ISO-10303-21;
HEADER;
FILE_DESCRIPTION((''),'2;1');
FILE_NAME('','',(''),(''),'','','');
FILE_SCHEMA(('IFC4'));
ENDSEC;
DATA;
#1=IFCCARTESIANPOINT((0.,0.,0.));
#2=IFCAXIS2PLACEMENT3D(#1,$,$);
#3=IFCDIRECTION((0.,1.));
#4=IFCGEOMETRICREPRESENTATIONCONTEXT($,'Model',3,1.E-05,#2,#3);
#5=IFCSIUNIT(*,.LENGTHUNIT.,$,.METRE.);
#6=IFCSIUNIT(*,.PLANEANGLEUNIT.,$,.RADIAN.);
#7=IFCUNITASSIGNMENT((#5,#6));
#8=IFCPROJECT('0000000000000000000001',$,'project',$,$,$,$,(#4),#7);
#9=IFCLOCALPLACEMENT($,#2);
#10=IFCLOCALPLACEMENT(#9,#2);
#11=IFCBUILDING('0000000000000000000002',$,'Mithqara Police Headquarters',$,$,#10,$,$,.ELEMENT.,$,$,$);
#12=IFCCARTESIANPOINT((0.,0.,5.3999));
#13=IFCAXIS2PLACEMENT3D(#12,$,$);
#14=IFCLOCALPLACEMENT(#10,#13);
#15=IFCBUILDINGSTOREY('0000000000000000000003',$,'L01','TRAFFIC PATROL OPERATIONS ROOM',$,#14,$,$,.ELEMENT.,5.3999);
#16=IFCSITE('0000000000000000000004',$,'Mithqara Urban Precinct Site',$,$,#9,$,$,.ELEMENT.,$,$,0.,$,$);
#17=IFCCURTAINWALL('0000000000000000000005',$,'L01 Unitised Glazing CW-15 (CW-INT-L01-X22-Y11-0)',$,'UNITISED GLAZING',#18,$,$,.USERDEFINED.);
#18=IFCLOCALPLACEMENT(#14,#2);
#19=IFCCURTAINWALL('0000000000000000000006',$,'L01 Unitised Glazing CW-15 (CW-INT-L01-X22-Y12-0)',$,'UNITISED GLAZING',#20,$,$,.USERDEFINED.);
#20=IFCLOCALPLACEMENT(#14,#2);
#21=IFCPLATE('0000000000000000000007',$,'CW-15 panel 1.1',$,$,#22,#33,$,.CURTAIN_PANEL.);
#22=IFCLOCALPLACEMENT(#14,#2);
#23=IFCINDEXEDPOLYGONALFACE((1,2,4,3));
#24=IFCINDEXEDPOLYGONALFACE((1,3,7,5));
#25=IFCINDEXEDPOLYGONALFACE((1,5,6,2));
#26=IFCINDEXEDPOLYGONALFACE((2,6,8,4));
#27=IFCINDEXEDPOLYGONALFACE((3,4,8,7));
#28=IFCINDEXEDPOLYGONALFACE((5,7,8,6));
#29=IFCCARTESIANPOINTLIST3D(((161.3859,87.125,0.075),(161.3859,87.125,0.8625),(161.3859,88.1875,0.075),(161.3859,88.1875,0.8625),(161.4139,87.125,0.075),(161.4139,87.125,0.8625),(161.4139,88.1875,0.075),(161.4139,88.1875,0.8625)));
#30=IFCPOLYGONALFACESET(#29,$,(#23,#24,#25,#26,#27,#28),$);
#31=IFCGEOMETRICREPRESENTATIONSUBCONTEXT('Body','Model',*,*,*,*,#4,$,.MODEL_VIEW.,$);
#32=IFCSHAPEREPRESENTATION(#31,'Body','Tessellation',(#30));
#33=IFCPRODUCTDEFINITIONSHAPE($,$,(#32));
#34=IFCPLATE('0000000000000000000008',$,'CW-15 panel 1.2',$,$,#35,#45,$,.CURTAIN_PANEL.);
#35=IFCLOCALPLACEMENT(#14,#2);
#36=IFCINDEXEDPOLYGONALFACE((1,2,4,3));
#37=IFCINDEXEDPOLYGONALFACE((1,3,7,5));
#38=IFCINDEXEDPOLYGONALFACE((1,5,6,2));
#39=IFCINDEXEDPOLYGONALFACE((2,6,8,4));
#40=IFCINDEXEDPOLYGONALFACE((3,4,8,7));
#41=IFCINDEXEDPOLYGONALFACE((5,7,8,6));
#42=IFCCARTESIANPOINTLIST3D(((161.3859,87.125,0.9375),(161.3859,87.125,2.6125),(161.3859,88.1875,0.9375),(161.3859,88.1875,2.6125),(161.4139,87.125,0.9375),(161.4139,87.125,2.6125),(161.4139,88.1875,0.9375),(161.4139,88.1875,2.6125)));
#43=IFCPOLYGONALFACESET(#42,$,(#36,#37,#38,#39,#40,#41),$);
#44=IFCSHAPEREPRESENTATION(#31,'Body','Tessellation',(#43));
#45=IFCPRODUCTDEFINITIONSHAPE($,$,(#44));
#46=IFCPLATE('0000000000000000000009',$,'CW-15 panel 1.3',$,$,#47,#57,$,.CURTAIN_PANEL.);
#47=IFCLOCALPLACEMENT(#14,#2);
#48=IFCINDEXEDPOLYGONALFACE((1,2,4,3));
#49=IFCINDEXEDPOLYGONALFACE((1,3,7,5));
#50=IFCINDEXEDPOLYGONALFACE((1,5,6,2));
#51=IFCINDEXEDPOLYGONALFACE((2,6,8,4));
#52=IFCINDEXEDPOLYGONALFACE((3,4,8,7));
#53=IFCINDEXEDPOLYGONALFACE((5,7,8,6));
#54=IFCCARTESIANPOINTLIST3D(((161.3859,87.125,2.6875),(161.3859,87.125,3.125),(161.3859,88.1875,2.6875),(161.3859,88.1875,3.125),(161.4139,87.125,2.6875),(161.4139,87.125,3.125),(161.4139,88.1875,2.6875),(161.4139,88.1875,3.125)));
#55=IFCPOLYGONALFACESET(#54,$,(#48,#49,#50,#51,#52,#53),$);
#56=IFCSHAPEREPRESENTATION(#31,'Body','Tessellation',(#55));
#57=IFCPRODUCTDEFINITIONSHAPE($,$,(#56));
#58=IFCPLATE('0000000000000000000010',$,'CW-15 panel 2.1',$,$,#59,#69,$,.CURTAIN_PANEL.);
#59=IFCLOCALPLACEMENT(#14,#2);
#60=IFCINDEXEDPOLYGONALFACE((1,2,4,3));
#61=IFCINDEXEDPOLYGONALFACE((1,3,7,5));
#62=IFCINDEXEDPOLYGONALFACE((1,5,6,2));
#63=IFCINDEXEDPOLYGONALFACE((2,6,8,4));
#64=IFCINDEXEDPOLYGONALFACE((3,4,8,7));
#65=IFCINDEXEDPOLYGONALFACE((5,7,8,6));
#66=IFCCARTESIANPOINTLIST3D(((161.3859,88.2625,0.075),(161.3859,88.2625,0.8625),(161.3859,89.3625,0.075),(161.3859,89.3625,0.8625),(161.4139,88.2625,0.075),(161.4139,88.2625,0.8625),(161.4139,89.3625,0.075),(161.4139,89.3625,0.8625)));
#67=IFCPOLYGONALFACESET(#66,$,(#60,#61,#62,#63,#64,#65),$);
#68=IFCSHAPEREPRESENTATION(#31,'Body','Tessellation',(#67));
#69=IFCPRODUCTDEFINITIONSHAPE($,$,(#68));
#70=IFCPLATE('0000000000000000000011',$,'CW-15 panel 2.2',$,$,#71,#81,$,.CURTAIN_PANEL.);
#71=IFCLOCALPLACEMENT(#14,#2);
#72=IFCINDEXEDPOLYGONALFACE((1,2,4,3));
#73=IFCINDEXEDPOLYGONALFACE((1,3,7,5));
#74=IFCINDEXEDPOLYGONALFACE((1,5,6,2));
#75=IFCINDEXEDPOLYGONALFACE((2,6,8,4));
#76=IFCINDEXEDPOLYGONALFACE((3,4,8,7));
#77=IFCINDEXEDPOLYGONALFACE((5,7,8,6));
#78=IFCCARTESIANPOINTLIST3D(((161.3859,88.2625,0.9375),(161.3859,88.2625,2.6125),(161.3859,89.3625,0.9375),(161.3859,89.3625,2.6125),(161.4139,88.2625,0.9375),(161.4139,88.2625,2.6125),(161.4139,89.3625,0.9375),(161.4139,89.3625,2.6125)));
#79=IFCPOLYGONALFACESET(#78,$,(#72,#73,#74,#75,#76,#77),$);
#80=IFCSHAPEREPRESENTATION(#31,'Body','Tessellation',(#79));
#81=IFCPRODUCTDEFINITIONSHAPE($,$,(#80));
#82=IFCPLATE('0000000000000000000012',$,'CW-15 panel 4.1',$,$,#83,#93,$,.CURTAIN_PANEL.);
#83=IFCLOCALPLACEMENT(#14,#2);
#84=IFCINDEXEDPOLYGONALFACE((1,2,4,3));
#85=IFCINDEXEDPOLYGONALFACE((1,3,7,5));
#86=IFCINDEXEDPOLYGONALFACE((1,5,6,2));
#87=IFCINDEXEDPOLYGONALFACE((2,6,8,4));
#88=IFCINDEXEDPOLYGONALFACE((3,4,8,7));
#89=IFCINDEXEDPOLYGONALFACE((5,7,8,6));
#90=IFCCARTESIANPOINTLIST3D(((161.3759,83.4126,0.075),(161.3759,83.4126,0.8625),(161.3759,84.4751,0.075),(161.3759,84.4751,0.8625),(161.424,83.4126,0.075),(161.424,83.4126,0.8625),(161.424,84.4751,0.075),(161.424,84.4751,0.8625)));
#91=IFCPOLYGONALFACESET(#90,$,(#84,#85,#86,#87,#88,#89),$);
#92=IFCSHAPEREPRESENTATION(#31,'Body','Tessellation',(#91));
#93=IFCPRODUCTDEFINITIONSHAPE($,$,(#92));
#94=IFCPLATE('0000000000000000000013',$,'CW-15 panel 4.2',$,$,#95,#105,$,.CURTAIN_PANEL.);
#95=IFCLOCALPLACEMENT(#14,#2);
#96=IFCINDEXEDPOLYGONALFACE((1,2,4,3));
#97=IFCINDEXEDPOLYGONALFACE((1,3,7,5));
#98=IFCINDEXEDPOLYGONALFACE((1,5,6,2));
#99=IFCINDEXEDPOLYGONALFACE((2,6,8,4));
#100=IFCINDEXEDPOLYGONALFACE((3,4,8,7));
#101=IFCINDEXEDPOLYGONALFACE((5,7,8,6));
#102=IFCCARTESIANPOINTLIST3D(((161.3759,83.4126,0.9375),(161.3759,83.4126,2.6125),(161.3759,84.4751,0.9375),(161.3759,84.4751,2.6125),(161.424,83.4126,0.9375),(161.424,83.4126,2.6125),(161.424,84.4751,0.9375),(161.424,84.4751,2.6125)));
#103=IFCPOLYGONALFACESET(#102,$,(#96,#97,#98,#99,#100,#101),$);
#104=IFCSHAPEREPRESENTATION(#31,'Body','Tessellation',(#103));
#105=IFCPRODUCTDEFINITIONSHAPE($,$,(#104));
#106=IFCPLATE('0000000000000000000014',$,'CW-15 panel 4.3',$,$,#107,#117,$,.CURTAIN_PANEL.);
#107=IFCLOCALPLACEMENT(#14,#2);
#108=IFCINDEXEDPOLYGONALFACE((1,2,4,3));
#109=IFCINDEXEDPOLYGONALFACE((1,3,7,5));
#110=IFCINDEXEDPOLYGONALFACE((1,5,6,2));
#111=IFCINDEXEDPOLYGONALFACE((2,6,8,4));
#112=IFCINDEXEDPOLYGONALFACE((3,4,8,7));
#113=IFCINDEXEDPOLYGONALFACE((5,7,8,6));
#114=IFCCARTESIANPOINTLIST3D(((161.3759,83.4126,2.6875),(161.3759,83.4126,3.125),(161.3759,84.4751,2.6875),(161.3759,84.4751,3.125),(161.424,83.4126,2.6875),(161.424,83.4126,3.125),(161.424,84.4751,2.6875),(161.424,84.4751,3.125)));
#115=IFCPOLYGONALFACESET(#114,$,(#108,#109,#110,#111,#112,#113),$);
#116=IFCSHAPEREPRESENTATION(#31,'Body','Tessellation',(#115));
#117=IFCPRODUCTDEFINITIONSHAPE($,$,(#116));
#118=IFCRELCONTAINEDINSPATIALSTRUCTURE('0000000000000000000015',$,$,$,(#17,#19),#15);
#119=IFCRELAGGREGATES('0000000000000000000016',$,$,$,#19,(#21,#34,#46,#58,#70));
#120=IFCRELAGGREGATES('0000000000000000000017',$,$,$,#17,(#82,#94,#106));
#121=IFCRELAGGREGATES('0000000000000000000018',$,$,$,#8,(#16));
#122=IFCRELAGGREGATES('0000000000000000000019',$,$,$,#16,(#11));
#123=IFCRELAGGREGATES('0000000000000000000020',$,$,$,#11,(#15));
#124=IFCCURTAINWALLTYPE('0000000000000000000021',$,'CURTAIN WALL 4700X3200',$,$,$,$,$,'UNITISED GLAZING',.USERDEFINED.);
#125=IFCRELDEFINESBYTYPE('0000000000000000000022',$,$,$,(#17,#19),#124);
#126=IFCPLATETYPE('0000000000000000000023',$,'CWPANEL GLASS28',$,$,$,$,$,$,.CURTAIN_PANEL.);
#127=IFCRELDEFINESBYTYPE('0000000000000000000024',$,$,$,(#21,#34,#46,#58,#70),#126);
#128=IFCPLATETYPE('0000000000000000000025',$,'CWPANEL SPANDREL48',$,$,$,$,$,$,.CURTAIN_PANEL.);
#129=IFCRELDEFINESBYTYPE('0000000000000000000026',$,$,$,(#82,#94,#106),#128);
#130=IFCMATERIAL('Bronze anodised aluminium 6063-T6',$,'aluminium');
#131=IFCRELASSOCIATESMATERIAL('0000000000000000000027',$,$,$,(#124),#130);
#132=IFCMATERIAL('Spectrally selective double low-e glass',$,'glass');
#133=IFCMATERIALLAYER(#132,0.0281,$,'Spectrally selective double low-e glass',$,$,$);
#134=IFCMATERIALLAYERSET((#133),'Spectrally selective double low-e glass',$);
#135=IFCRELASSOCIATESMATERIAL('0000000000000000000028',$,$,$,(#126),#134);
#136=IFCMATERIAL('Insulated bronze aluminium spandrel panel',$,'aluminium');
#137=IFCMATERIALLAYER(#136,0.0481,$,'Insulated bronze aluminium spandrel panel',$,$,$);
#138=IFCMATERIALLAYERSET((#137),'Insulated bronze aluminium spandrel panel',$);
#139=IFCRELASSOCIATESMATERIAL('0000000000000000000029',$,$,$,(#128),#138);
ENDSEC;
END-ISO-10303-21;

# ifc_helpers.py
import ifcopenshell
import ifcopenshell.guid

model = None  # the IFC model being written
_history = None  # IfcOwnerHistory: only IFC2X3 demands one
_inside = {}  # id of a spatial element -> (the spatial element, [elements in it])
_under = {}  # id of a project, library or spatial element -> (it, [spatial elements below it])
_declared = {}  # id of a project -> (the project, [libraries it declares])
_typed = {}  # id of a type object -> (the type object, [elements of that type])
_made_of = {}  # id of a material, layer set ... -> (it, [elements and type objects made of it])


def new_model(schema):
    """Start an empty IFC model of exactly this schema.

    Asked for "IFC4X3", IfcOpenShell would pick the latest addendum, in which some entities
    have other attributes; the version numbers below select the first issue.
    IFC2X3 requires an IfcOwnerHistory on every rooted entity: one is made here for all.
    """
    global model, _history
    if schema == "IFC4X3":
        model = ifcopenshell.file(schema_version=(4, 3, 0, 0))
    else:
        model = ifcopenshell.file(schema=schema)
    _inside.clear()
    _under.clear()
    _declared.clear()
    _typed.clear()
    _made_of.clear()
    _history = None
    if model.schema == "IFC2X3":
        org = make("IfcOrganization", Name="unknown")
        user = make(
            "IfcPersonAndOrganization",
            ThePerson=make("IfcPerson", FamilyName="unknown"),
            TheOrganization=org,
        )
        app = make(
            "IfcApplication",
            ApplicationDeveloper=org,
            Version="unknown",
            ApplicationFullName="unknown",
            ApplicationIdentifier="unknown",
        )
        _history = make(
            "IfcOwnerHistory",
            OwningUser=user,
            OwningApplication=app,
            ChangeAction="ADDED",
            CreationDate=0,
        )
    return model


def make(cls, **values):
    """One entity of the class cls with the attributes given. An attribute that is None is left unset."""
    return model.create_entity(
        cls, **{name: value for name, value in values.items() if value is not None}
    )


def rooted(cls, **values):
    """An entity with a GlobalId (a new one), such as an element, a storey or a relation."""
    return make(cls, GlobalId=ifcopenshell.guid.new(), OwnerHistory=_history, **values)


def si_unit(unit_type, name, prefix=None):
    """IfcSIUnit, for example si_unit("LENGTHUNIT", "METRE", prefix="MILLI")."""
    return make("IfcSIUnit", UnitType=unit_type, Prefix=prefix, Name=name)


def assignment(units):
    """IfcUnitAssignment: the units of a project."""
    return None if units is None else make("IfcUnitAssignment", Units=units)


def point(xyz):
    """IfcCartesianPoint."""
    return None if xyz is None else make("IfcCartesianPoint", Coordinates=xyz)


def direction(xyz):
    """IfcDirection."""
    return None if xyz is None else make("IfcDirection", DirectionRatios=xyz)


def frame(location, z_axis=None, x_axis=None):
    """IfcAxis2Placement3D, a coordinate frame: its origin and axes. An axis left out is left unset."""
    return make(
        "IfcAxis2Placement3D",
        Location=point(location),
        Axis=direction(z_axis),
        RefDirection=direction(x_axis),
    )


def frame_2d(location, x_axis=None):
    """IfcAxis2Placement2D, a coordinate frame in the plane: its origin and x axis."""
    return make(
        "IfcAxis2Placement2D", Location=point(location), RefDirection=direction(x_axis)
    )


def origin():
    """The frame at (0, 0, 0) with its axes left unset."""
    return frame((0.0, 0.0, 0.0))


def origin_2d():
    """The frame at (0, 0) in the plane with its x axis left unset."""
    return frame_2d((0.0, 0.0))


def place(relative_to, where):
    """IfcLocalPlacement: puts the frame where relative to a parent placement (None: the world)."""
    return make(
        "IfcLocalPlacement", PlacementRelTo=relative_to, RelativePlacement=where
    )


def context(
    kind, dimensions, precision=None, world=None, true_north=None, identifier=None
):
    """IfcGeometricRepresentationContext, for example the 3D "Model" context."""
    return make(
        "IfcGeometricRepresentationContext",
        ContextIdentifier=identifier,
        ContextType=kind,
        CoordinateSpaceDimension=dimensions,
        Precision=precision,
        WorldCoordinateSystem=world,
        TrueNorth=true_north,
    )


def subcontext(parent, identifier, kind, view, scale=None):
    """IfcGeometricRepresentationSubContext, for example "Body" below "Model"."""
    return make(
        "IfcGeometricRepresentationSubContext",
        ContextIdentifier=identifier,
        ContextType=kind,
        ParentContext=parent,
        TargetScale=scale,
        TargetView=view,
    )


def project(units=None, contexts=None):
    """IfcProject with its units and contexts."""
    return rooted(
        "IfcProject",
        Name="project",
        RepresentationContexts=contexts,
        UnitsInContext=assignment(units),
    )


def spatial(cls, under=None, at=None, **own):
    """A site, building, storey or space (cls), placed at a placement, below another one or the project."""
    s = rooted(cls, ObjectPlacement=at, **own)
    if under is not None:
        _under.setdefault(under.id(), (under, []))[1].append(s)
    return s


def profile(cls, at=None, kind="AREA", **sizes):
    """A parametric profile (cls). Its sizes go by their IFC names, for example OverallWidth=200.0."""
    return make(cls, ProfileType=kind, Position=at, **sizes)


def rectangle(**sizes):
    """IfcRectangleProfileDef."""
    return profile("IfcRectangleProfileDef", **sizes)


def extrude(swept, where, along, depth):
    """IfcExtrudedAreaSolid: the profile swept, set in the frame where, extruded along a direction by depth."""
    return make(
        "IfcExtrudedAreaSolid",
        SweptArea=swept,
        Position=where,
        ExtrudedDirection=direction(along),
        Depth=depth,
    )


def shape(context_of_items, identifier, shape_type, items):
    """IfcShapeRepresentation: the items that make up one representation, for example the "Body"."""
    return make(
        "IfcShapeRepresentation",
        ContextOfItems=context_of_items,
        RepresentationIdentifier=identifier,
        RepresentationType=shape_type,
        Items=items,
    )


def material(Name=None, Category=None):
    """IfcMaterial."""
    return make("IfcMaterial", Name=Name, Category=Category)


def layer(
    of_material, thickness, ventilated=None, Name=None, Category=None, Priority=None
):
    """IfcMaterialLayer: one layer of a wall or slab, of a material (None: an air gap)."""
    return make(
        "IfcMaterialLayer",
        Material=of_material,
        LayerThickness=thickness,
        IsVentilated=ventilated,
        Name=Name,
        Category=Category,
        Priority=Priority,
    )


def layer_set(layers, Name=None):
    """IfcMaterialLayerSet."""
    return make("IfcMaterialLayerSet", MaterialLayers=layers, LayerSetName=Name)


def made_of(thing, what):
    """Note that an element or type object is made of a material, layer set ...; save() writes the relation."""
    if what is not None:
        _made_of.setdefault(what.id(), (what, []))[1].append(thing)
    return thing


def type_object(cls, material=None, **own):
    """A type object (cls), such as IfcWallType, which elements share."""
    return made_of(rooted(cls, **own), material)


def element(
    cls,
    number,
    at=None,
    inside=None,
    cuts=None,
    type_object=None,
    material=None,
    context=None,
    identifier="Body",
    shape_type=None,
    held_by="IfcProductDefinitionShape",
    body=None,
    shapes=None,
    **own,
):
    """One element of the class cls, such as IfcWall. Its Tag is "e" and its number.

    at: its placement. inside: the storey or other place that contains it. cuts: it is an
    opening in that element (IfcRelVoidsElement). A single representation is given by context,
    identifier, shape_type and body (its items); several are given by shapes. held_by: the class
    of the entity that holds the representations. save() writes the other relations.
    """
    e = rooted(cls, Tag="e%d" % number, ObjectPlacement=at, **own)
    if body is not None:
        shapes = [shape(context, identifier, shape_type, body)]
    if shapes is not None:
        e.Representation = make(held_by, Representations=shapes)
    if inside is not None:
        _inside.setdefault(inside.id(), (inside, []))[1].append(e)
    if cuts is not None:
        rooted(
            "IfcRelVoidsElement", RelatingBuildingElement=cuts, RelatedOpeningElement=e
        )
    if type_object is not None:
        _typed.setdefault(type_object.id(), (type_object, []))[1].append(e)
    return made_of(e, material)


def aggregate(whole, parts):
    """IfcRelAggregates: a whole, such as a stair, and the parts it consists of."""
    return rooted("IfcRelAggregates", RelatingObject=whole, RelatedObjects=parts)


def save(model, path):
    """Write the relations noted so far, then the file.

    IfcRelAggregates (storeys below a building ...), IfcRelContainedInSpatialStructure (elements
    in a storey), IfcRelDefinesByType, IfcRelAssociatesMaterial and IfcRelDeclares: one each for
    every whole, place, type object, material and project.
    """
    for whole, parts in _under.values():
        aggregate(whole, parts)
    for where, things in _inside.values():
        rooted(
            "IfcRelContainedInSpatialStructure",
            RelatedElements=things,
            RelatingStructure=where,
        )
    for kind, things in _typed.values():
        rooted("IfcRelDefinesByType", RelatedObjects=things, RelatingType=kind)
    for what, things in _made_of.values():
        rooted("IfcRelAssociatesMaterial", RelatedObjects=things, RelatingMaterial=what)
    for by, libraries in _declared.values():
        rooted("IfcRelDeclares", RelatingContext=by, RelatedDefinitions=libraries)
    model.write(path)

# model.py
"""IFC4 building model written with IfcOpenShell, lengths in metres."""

from ifc_helpers import new_model, si_unit, direction, frame, origin, origin_2d, place, context, subcontext, project, spatial, rectangle, extrude, material, layer, layer_set, type_object, element, aggregate, save


model = new_model("IFC4")

# Units and contexts
model_context = context("Model", 3, precision=1e-05, world=origin(), true_north=direction((0.0, 1.0)))
body_context = subcontext(model_context, "Body", "Model", "MODEL_VIEW")
ifc_project = project(units=[si_unit("LENGTHUNIT", "METRE"), si_unit("PLANEANGLEUNIT", "RADIAN")], contexts=[model_context])

# Site, building, storey
site_placement = place(None, origin())
site = spatial("IfcSite", under=ifc_project, at=site_placement, Name="Mithqara Urban Precinct Site", CompositionType="ELEMENT", RefElevation=0.0)
building_placement = place(site_placement, origin())
building = spatial("IfcBuilding", under=site, at=building_placement, Name="Mithqara Police Headquarters", CompositionType="ELEMENT")
storey_placement = place(building_placement, frame((0.0, 0.0, 5.3999)))
storey = spatial("IfcBuildingStorey", under=building, at=storey_placement, Name="L01", Description="TRAFFIC PATROL OPERATIONS ROOM", CompositionType="ELEMENT", Elevation=5.3999)

# Curtain wall
ifc_material_1 = material(Name="Bronze anodised aluminium 6063-T6", Category="aluminium")
curtain_wall_type = type_object("IfcCurtainWallType", Name="CURTAIN WALL 4700X3200", ElementType="UNITISED GLAZING", PredefinedType="USERDEFINED", material=ifc_material_1)
curtain_wall_1_placement = place(storey_placement, origin())
curtain_wall_1 = element("IfcCurtainWall", 1, at=curtain_wall_1_placement, inside=storey, type_object=curtain_wall_type, Name="L01 Unitised Glazing CW-15 (CW-INT-L01-X22-Y11-0)", ObjectType="UNITISED GLAZING", PredefinedType="USERDEFINED")

# Curtain wall
curtain_wall_2_placement = place(storey_placement, origin())
curtain_wall_2 = element("IfcCurtainWall", 2, at=curtain_wall_2_placement, inside=storey, type_object=curtain_wall_type, Name="L01 Unitised Glazing CW-15 (CW-INT-L01-X22-Y12-0)", ObjectType="UNITISED GLAZING", PredefinedType="USERDEFINED")

# Plates
ifc_material_2 = material(Name="Spectrally selective double low-e glass", Category="glass")
ifc_layer_1 = layer(ifc_material_2, 0.0281, Name="Spectrally selective double low-e glass")
ifc_layer_set_1 = layer_set([ifc_layer_1], Name="Spectrally selective double low-e glass")
plate_type_1 = type_object("IfcPlateType", Name="CWPANEL GLASS28", PredefinedType="CURTAIN_PANEL", material=ifc_layer_set_1)
plate_1_placement = place(storey_placement, frame((161.3999, 87.6562, 0.075), z_axis=(0.0, 0.0, 1.0), x_axis=(0.0, 1.0, 0.0)))
plate_1 = element("IfcPlate", 3, at=plate_1_placement, type_object=plate_type_1, Name="CW-15 panel 1.1", PredefinedType="CURTAIN_PANEL", context=body_context, shape_type="SweptSolid", body=[
    extrude(rectangle(XDim=1.0625, YDim=0.0281, at=origin_2d()), origin(), (0.0, 0.0, 1.0), 0.7876),
])
plate_2_placement = place(storey_placement, frame((161.3999, 87.6562, 0.9375), z_axis=(0.0, 0.0, 1.0), x_axis=(0.0, 1.0, 0.0)))
plate_2 = element("IfcPlate", 4, at=plate_2_placement, type_object=plate_type_1, Name="CW-15 panel 1.2", PredefinedType="CURTAIN_PANEL", context=body_context, shape_type="SweptSolid", body=[
    extrude(rectangle(XDim=1.0625, YDim=0.0281, at=origin_2d()), origin(), (0.0, 0.0, 1.0), 1.675),
])
plate_3_placement = place(storey_placement, frame((161.3999, 87.6562, 2.6875), z_axis=(0.0, 0.0, 1.0), x_axis=(0.0, 1.0, 0.0)))
plate_3 = element("IfcPlate", 5, at=plate_3_placement, type_object=plate_type_1, Name="CW-15 panel 1.3", PredefinedType="CURTAIN_PANEL", context=body_context, shape_type="SweptSolid", body=[
    extrude(rectangle(XDim=1.0625, YDim=0.0281, at=origin_2d()), origin(), (0.0, 0.0, 1.0), 0.4375),
])
plate_4_placement = place(storey_placement, frame((161.3999, 88.8125, 0.075), z_axis=(0.0, 0.0, 1.0), x_axis=(0.0, 1.0, 0.0)))
plate_4 = element("IfcPlate", 6, at=plate_4_placement, type_object=plate_type_1, Name="CW-15 panel 2.1", PredefinedType="CURTAIN_PANEL", context=body_context, shape_type="SweptSolid", body=[
    extrude(rectangle(XDim=1.1001, YDim=0.0281, at=origin_2d()), origin(), (0.0, 0.0, 1.0), 0.7876),
])
plate_5_placement = place(storey_placement, frame((161.3999, 88.8125, 0.9375), z_axis=(0.0, 0.0, 1.0), x_axis=(0.0, 1.0, 0.0)))
plate_5 = element("IfcPlate", 7, at=plate_5_placement, type_object=plate_type_1, Name="CW-15 panel 2.2", PredefinedType="CURTAIN_PANEL", context=body_context, shape_type="SweptSolid", body=[
    extrude(rectangle(XDim=1.1001, YDim=0.0281, at=origin_2d()), origin(), (0.0, 0.0, 1.0), 1.675),
])
aggregate(curtain_wall_2, [plate_1, plate_2, plate_3, plate_4, plate_5])
ifc_material_3 = material(Name="Insulated bronze aluminium spandrel panel", Category="aluminium")
ifc_layer_2 = layer(ifc_material_3, 0.0481, Name="Insulated bronze aluminium spandrel panel")
ifc_layer_set_2 = layer_set([ifc_layer_2], Name="Insulated bronze aluminium spandrel panel")
plate_type_2 = type_object("IfcPlateType", Name="CWPANEL SPANDREL48", PredefinedType="CURTAIN_PANEL", material=ifc_layer_set_2)
plate_6_placement = place(storey_placement, frame((161.3999, 83.9438, 0.075), z_axis=(0.0, 0.0, 1.0), x_axis=(0.0, 1.0, 0.0)))
plate_6 = element("IfcPlate", 8, at=plate_6_placement, type_object=plate_type_2, Name="CW-15 panel 4.1", PredefinedType="CURTAIN_PANEL", context=body_context, shape_type="SweptSolid", body=[
    extrude(rectangle(XDim=1.0625, YDim=0.0481, at=origin_2d()), origin(), (0.0, 0.0, 1.0), 0.7876),
])
plate_7_placement = place(storey_placement, frame((161.3999, 83.9438, 0.9375), z_axis=(0.0, 0.0, 1.0), x_axis=(0.0, 1.0, 0.0)))
plate_7 = element("IfcPlate", 9, at=plate_7_placement, type_object=plate_type_2, Name="CW-15 panel 4.2", PredefinedType="CURTAIN_PANEL", context=body_context, shape_type="SweptSolid", body=[
    extrude(rectangle(XDim=1.0625, YDim=0.0481, at=origin_2d()), origin(), (0.0, 0.0, 1.0), 1.675),
])
plate_8_placement = place(storey_placement, frame((161.3999, 83.9438, 2.6875), z_axis=(0.0, 0.0, 1.0), x_axis=(0.0, 1.0, 0.0)))
plate_8 = element("IfcPlate", 10, at=plate_8_placement, type_object=plate_type_2, Name="CW-15 panel 4.3", PredefinedType="CURTAIN_PANEL", context=body_context, shape_type="SweptSolid", body=[
    extrude(rectangle(XDim=1.0625, YDim=0.0481, at=origin_2d()), origin(), (0.0, 0.0, 1.0), 0.4375),
])
aggregate(curtain_wall_1, [plate_6, plate_7, plate_8])

save(model, "model.ifc")
